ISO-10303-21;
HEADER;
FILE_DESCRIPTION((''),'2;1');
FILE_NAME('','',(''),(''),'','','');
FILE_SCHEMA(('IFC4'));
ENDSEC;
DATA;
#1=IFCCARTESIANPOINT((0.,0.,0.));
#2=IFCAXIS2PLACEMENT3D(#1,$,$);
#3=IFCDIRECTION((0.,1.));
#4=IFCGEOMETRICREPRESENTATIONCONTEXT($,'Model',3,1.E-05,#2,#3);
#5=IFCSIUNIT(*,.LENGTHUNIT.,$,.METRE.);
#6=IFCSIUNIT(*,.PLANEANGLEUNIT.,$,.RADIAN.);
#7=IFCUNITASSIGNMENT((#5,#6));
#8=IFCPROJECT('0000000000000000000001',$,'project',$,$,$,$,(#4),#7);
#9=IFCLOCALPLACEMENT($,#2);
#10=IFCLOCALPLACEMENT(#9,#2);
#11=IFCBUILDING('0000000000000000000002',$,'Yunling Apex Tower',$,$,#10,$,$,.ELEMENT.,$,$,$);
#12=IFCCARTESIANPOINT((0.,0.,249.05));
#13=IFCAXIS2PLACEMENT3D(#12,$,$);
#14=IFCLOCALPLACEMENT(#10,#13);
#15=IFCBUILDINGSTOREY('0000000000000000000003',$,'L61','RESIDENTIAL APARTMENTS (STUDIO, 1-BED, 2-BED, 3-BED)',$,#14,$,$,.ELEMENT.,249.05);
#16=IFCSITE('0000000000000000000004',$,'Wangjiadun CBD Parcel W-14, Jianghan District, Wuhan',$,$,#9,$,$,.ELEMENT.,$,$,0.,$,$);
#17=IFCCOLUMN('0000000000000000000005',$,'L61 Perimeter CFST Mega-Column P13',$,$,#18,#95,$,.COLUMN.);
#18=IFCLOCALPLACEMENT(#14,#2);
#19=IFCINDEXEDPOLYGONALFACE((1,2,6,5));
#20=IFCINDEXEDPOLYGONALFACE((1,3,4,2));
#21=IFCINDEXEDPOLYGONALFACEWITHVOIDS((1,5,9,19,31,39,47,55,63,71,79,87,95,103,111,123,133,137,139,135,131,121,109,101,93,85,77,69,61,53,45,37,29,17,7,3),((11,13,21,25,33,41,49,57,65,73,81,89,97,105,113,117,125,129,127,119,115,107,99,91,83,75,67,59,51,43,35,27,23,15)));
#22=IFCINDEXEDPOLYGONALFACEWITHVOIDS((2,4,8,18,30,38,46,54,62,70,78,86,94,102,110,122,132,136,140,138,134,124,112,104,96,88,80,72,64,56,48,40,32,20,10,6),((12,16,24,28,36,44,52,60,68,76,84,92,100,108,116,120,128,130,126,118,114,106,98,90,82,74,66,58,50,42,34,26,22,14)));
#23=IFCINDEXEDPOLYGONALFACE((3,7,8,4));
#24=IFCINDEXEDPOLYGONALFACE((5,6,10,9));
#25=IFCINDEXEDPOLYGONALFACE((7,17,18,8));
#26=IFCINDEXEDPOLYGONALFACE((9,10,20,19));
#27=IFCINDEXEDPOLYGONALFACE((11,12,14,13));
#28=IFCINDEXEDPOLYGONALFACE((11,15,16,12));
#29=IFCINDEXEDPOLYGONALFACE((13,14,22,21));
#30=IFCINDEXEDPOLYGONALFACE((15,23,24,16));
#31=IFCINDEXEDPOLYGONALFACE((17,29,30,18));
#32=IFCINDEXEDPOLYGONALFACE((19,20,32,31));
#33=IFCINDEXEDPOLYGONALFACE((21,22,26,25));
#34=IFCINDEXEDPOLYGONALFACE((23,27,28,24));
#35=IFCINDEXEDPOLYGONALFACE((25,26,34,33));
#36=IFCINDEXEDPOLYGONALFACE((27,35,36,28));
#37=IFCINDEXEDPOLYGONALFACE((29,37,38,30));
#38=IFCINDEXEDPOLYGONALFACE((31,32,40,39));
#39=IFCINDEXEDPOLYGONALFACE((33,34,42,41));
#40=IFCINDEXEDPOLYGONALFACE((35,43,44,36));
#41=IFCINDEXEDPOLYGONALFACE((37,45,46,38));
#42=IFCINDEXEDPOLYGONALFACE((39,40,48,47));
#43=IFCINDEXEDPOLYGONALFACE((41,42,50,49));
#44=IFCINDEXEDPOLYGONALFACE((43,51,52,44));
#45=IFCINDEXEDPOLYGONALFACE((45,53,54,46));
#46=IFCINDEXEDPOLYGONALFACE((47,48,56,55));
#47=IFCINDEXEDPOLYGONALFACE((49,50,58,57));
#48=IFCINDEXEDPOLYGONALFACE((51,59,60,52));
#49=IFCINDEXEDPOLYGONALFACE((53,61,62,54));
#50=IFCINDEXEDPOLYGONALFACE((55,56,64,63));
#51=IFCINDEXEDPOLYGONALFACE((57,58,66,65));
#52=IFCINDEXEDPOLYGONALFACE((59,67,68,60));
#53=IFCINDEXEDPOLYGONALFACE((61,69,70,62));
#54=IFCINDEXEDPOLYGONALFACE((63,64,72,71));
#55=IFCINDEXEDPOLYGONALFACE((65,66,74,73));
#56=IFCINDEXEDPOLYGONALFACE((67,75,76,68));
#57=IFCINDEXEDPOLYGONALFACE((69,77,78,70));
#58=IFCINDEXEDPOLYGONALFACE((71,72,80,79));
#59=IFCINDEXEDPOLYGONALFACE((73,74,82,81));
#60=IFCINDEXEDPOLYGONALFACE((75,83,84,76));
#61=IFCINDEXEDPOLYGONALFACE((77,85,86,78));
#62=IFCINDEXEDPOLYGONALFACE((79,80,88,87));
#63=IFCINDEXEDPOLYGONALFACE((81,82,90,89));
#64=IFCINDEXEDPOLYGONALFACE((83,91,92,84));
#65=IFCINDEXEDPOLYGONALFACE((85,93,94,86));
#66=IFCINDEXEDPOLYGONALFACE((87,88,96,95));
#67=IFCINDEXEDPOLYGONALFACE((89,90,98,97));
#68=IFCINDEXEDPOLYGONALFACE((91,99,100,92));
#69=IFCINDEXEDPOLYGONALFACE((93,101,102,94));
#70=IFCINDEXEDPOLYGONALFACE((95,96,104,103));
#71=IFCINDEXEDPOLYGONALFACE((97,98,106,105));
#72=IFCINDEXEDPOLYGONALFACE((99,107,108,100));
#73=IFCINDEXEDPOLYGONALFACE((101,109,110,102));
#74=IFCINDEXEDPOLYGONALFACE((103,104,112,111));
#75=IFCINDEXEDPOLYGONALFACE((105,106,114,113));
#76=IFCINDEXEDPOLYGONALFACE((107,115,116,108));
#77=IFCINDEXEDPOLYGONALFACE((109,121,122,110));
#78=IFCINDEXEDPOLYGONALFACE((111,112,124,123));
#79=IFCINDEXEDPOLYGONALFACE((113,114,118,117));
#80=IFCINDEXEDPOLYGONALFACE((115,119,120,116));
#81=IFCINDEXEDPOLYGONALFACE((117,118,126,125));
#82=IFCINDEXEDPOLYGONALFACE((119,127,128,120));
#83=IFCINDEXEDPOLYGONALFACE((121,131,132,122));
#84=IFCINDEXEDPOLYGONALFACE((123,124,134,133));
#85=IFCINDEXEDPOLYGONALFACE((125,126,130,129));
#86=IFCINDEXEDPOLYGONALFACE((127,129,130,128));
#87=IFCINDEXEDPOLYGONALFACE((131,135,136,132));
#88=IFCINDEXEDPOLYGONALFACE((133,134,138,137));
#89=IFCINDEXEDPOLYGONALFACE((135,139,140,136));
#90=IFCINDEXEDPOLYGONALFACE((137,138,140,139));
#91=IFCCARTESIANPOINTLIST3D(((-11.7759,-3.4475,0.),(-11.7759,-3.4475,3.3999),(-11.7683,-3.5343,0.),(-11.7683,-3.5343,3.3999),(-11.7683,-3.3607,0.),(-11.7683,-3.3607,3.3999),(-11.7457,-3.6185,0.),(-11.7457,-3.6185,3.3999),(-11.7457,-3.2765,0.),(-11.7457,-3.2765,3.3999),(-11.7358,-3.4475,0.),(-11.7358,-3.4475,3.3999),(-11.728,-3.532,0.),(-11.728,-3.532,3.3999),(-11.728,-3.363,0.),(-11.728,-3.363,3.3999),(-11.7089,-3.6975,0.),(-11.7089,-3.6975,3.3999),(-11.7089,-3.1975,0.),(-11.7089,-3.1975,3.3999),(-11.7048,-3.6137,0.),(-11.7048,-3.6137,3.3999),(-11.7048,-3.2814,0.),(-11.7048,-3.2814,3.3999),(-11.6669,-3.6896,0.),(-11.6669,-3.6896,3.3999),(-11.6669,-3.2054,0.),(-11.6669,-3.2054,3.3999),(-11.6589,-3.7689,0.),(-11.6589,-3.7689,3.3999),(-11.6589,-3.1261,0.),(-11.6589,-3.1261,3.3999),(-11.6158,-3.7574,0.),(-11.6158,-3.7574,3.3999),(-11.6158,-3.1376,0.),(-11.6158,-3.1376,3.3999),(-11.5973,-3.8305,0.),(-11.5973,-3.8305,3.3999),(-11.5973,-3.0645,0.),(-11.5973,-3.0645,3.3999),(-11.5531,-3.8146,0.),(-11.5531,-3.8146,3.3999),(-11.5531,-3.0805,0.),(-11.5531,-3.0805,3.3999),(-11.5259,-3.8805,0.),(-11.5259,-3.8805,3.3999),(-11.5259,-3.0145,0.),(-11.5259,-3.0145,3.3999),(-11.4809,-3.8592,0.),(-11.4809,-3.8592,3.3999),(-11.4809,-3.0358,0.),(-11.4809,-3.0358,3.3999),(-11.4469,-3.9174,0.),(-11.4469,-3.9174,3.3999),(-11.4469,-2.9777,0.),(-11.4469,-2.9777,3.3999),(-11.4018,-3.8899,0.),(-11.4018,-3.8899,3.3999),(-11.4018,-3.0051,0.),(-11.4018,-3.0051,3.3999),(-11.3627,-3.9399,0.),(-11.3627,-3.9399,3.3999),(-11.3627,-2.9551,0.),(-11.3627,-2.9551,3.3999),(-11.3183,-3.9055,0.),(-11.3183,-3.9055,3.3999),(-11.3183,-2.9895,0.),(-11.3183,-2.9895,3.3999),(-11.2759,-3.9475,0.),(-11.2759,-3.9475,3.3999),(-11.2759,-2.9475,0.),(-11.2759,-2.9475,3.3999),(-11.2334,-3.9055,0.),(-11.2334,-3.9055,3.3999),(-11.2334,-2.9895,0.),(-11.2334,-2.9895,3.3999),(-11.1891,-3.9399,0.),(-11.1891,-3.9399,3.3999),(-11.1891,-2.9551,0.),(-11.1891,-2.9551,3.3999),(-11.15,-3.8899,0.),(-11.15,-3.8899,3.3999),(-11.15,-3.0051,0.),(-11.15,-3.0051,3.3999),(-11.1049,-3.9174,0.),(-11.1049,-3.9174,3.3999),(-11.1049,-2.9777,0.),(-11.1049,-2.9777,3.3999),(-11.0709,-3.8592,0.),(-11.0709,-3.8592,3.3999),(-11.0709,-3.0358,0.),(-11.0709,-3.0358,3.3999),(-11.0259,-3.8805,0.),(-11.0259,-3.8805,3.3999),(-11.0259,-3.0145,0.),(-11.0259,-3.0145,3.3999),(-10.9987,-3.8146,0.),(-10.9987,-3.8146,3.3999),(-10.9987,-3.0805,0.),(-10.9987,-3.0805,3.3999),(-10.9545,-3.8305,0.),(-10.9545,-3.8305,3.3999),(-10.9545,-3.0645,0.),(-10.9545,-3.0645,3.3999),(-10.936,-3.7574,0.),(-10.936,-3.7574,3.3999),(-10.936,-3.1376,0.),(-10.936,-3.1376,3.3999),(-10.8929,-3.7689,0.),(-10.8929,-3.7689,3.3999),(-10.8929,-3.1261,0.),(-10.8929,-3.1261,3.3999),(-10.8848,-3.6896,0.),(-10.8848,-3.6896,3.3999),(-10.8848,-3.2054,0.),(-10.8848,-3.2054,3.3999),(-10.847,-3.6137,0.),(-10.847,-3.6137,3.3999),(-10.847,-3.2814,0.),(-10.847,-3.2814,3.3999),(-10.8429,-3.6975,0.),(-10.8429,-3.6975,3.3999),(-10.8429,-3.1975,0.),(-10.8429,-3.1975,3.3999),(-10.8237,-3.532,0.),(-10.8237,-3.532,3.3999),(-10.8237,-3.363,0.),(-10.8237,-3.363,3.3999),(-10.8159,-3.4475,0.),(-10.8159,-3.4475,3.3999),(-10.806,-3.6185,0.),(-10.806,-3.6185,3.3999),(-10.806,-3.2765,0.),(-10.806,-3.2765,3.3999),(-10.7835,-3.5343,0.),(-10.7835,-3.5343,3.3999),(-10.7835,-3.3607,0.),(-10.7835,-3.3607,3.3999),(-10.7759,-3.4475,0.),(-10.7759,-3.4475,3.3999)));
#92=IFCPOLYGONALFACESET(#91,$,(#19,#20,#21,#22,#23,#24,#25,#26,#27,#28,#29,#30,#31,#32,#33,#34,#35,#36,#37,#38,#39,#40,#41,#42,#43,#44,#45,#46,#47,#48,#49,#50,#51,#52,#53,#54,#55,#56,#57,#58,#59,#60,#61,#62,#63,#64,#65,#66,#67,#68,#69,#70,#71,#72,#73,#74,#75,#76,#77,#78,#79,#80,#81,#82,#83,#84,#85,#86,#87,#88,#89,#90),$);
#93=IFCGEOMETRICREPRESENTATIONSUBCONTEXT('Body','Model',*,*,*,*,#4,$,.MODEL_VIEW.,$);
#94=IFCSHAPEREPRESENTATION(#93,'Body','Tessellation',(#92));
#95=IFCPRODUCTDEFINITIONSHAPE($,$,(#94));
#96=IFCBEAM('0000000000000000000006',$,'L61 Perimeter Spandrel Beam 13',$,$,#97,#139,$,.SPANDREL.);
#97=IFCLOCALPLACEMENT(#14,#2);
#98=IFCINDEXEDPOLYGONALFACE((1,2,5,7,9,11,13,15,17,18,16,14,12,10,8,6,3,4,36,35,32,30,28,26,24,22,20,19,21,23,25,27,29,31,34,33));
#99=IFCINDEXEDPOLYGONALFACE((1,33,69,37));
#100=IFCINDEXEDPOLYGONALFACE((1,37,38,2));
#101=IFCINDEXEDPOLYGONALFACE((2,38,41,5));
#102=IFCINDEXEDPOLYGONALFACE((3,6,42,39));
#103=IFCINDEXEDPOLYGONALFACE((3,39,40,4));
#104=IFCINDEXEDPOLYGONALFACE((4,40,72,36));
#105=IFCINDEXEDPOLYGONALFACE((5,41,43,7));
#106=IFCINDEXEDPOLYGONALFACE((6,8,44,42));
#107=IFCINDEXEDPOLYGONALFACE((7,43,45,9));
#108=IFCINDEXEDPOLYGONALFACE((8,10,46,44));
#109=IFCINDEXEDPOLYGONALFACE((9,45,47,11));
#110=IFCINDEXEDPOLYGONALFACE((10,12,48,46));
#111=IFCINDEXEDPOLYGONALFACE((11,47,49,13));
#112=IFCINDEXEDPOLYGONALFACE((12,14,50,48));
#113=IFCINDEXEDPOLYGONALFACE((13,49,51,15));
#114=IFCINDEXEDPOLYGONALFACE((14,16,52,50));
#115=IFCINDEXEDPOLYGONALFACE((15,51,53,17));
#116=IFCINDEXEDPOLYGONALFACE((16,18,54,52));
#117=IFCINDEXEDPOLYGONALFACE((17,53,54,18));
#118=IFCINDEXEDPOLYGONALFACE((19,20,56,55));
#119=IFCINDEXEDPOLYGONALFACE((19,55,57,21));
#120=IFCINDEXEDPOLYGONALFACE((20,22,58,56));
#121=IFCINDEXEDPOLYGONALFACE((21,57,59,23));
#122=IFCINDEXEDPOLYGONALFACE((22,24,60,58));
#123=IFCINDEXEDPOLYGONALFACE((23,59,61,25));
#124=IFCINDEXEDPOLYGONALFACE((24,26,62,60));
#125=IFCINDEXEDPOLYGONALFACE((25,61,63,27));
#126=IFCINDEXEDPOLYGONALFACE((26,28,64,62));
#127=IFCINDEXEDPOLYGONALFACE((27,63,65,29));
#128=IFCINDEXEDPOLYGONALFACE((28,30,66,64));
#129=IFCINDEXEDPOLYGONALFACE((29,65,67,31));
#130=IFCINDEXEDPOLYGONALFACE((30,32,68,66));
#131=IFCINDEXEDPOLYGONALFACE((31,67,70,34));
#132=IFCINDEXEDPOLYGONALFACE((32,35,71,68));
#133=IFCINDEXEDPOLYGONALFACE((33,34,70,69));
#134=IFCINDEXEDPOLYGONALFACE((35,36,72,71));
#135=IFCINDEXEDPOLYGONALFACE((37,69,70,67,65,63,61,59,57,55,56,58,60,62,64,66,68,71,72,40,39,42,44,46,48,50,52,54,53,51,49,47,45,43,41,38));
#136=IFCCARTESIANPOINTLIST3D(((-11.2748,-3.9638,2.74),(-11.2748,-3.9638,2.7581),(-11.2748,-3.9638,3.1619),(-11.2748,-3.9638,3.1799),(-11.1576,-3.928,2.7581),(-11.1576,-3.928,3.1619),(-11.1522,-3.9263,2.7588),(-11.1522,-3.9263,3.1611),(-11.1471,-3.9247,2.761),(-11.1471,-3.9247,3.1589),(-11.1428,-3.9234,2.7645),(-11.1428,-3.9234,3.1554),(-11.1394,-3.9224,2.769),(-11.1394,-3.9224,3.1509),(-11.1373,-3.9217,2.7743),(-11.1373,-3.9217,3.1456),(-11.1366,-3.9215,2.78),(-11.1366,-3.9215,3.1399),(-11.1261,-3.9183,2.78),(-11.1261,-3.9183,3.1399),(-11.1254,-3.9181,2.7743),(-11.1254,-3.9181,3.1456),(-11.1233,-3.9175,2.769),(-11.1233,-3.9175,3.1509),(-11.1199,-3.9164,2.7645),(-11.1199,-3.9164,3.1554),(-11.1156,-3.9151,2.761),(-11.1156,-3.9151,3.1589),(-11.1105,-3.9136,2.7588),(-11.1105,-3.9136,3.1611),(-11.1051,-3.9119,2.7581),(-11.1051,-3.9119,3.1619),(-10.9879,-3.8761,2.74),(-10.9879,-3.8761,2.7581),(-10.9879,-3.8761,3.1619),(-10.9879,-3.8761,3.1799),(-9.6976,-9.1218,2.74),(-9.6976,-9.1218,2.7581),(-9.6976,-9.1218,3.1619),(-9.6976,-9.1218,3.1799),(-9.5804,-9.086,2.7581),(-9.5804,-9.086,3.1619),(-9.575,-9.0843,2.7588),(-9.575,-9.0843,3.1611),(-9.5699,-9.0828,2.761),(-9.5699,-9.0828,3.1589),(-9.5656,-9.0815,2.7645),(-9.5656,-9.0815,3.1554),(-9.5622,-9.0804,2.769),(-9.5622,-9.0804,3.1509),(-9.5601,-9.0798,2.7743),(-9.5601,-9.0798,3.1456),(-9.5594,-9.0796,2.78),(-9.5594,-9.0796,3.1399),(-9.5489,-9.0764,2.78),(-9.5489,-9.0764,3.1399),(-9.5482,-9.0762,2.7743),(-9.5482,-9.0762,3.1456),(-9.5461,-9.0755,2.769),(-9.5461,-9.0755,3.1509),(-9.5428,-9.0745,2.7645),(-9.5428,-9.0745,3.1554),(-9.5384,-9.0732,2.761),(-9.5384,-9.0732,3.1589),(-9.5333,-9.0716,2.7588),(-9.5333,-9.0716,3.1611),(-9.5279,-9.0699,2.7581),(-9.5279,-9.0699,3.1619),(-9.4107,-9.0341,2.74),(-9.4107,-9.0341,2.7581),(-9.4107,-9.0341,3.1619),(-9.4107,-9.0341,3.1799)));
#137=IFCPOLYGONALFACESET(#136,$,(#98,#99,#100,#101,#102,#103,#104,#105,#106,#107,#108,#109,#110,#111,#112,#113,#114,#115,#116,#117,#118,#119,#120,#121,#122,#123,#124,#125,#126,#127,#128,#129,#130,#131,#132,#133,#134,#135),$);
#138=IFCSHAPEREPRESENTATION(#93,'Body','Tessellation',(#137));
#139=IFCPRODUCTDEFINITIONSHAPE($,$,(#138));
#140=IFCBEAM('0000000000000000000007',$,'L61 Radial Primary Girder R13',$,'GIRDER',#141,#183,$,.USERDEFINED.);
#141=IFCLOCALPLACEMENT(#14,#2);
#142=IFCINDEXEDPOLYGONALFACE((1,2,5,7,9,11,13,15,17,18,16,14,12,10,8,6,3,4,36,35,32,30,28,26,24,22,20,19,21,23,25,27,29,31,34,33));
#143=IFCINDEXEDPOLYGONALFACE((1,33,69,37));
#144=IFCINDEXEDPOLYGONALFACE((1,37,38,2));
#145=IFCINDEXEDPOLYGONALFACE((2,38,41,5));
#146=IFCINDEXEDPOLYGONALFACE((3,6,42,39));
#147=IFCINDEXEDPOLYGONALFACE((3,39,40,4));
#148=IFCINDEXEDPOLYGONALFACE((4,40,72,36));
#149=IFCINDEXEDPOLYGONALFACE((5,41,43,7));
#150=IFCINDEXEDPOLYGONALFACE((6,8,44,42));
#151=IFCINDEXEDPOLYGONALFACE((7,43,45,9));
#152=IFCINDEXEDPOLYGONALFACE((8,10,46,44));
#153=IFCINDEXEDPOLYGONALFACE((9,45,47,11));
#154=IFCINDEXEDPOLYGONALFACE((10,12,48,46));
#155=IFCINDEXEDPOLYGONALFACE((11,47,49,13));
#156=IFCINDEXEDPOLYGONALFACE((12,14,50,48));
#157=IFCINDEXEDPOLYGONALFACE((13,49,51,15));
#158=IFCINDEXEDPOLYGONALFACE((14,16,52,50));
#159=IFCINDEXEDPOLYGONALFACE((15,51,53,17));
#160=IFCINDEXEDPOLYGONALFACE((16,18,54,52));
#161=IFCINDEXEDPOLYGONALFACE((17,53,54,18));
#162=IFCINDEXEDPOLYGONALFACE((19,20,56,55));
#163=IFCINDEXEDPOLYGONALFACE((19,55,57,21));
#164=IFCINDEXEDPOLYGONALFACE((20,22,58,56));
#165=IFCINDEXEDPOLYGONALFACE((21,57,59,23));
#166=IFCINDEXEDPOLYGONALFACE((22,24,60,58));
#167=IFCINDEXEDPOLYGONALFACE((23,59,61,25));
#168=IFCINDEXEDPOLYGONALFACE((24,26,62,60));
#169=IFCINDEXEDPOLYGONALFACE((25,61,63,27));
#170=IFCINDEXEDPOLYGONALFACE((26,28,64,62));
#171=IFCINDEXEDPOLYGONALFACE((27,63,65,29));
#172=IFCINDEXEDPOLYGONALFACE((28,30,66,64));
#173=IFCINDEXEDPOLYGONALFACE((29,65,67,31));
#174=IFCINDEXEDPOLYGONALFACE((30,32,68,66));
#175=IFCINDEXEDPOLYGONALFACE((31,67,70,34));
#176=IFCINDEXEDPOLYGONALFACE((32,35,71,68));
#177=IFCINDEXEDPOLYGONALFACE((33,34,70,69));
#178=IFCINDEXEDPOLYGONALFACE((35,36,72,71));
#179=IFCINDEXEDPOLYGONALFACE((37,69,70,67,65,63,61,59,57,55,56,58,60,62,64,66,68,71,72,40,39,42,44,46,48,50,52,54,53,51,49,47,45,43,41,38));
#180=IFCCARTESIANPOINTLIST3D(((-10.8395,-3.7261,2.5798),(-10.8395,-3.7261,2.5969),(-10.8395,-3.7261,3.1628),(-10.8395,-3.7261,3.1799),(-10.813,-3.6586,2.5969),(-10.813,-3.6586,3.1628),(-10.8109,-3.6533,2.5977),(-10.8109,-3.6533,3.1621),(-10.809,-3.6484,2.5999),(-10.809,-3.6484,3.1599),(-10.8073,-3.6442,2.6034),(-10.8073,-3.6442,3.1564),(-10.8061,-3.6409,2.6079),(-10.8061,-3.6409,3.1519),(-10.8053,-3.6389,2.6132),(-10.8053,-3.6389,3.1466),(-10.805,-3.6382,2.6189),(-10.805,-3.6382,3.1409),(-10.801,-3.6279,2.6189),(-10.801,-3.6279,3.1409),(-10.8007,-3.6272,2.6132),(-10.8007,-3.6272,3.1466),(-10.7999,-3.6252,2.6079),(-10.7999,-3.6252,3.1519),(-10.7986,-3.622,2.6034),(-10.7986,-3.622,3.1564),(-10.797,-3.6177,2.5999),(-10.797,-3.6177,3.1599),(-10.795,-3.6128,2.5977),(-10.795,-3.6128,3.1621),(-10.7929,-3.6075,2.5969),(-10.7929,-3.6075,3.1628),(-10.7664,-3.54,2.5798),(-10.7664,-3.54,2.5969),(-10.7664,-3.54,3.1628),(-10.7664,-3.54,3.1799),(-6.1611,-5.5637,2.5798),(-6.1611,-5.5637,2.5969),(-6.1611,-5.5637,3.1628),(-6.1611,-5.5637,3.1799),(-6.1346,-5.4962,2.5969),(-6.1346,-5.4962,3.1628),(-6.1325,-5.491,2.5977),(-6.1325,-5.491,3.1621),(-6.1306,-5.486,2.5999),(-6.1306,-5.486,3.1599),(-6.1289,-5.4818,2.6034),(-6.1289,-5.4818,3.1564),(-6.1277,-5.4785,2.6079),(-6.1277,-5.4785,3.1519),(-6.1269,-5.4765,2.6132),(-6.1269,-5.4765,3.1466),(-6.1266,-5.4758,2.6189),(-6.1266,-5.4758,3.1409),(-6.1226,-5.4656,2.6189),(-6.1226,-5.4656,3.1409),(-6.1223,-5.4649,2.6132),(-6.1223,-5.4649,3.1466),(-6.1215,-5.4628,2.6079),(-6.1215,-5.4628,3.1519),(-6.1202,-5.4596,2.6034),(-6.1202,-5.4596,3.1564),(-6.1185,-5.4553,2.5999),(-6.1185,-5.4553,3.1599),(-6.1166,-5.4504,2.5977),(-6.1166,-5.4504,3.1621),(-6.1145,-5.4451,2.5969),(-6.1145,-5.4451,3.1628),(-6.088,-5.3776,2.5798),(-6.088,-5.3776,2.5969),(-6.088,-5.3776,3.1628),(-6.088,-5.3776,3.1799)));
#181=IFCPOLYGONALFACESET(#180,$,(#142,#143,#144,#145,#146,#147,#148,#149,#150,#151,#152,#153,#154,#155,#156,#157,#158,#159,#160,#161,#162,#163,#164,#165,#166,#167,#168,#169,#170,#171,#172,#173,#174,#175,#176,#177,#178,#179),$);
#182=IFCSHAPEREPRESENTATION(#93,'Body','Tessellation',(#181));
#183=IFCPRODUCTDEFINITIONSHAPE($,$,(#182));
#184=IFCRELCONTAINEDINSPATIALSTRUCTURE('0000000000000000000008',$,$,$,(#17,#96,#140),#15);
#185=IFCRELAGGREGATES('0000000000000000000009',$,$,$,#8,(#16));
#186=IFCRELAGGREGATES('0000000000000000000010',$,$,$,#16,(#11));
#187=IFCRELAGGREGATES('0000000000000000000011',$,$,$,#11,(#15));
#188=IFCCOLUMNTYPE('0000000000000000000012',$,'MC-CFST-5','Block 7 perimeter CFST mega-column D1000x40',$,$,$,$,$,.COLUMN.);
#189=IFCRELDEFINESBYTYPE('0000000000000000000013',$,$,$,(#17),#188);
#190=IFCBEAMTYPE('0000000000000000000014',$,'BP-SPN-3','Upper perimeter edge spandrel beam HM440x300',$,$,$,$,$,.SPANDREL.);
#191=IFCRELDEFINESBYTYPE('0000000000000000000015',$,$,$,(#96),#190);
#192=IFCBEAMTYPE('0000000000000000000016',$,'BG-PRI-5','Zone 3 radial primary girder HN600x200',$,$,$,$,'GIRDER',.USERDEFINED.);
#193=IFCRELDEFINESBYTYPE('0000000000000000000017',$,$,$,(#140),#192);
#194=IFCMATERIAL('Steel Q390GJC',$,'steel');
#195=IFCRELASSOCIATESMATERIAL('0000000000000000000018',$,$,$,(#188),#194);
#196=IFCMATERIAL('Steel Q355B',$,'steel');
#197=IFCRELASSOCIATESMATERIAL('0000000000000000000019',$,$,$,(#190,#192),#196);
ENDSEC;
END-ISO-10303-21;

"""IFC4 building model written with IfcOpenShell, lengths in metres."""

from ifc_helpers import new_model, si_unit, direction, frame, origin, origin_2d, place, context, subcontext, project, spatial, hollow_circle, i_section, extrude, source, transform, mapped, material, material_profile, profile_set, type_object, element, save


model = new_model("IFC4")

# Units and contexts
model_context = context("Model", 3, precision=1e-05, world=origin(), true_north=direction((0.0, 1.0)))
body_context = subcontext(model_context, "Body", "Model", "MODEL_VIEW")
ifc_project = project(units=[si_unit("LENGTHUNIT", "METRE"), si_unit("PLANEANGLEUNIT", "RADIAN")], contexts=[model_context])

# Site, building, storey
site_placement = place(None, origin())
site = spatial("IfcSite", under=ifc_project, at=site_placement, Name="Wangjiadun CBD Parcel W-14, Jianghan District, Wuhan", CompositionType="ELEMENT", RefElevation=0.0)
building_placement = place(site_placement, origin())
building = spatial("IfcBuilding", under=site, at=building_placement, Name="Yunling Apex Tower", CompositionType="ELEMENT")
storey_placement = place(building_placement, frame((0.0, 0.0, 249.05)))
storey = spatial("IfcBuildingStorey", under=building, at=storey_placement, Name="L61", Description="RESIDENTIAL APARTMENTS (STUDIO, 1-BED, 2-BED, 3-BED)", CompositionType="ELEMENT", Elevation=249.05)

# Column
ifc_material_1 = material(Name="Steel Q390GJC", Category="steel")
ifc_material_profile_1 = material_profile(ifc_material_1, hollow_circle(Radius=0.5, WallThickness=0.04, at=origin_2d()))
ifc_profile_set_1 = profile_set([ifc_material_profile_1], Name="Steel Q390GJC")
column_type = type_object("IfcColumnType", Name="MC-CFST-5", Description="Block 7 perimeter CFST mega-column D1000x40", PredefinedType="COLUMN", material=ifc_profile_set_1)
shared_shape_1 = source(origin(), body_context, "Body", "SweptSolid", [
    extrude(hollow_circle(Radius=0.5, WallThickness=0.04, at=origin_2d()), origin(), (0.0, 0.0, 1.0), 3.3999),
])
column_placement = place(storey_placement, frame((-11.2759, -3.4475, 0.0), z_axis=(0.0, 0.0, 1.0), x_axis=(1.0, 0.0, 0.0)))
element("IfcColumn", 1, at=column_placement, inside=storey, type_object=column_type, Name="L61 Perimeter CFST Mega-Column P13", PredefinedType="COLUMN", context=body_context, shape_type="MappedRepresentation", body=[
    mapped(shared_shape_1, transform((0.0, 0.0, 0.0), scale=1.0)),
])

# Beams
ifc_material_2 = material(Name="Steel Q355B", Category="steel")
ifc_material_profile_2 = material_profile(ifc_material_2, i_section(OverallWidth=0.3, OverallDepth=0.4399, WebThickness=0.011, FlangeThickness=0.0181, FilletRadius=0.022, at=origin_2d()))
ifc_profile_set_2 = profile_set([ifc_material_profile_2], Name="Steel Q355B")
beam_type_1 = type_object("IfcBeamType", Name="BP-SPN-3", Description="Upper perimeter edge spandrel beam HM440x300", PredefinedType="SPANDREL", material=ifc_profile_set_2)
shared_shape_2 = source(origin(), body_context, "Body", "SweptSolid", [
    extrude(i_section(OverallWidth=0.3, OverallDepth=0.4399, WebThickness=0.011, FlangeThickness=0.0181, FilletRadius=0.022, at=origin_2d()), origin(), (0.0, 0.0, 1.0), 5.3938),
])
beam_1_placement = place(storey_placement, frame((-11.1313, -3.9199, 2.96), z_axis=(0.292406, -0.956294, 0.0), x_axis=(0.956294, 0.292406, 0.0)))
element("IfcBeam", 2, at=beam_1_placement, inside=storey, type_object=beam_type_1, Name="L61 Perimeter Spandrel Beam 13", PredefinedType="SPANDREL", context=body_context, shape_type="MappedRepresentation", body=[
    mapped(shared_shape_2, transform((0.0, 0.0, 0.0), scale=1.0)),
])
ifc_material_profile_3 = material_profile(ifc_material_2, i_section(OverallWidth=0.2, OverallDepth=0.6001, WebThickness=0.011, FlangeThickness=0.0171, FilletRadius=0.022, at=origin_2d()))
ifc_profile_set_3 = profile_set([ifc_material_profile_3], Name="Steel Q355B")
beam_type_2 = type_object("IfcBeamType", Name="BG-PRI-5", Description="Zone 3 radial primary girder HN600x200", ElementType="GIRDER", PredefinedType="USERDEFINED", material=ifc_profile_set_3)
shared_shape_3 = source(origin(), body_context, "Body", "SweptSolid", [
    extrude(i_section(OverallWidth=0.2, OverallDepth=0.6001, WebThickness=0.011, FlangeThickness=0.0171, FilletRadius=0.022, at=origin_2d()), origin(), (0.0, 0.0, 1.0), 5.0264),
])
beam_2_placement = place(storey_placement, frame((-10.803, -3.6331, 2.8799), z_axis=(0.930773, -0.365597, 0.0), x_axis=(0.365597, 0.930773, 0.0)))
element("IfcBeam", 3, at=beam_2_placement, inside=storey, type_object=beam_type_2, Name="L61 Radial Primary Girder R13", ObjectType="GIRDER", PredefinedType="USERDEFINED", context=body_context, shape_type="MappedRepresentation", body=[
    mapped(shared_shape_3, transform((0.0, 0.0, 0.0), scale=1.0)),
])

save(model, "model.ifc")
